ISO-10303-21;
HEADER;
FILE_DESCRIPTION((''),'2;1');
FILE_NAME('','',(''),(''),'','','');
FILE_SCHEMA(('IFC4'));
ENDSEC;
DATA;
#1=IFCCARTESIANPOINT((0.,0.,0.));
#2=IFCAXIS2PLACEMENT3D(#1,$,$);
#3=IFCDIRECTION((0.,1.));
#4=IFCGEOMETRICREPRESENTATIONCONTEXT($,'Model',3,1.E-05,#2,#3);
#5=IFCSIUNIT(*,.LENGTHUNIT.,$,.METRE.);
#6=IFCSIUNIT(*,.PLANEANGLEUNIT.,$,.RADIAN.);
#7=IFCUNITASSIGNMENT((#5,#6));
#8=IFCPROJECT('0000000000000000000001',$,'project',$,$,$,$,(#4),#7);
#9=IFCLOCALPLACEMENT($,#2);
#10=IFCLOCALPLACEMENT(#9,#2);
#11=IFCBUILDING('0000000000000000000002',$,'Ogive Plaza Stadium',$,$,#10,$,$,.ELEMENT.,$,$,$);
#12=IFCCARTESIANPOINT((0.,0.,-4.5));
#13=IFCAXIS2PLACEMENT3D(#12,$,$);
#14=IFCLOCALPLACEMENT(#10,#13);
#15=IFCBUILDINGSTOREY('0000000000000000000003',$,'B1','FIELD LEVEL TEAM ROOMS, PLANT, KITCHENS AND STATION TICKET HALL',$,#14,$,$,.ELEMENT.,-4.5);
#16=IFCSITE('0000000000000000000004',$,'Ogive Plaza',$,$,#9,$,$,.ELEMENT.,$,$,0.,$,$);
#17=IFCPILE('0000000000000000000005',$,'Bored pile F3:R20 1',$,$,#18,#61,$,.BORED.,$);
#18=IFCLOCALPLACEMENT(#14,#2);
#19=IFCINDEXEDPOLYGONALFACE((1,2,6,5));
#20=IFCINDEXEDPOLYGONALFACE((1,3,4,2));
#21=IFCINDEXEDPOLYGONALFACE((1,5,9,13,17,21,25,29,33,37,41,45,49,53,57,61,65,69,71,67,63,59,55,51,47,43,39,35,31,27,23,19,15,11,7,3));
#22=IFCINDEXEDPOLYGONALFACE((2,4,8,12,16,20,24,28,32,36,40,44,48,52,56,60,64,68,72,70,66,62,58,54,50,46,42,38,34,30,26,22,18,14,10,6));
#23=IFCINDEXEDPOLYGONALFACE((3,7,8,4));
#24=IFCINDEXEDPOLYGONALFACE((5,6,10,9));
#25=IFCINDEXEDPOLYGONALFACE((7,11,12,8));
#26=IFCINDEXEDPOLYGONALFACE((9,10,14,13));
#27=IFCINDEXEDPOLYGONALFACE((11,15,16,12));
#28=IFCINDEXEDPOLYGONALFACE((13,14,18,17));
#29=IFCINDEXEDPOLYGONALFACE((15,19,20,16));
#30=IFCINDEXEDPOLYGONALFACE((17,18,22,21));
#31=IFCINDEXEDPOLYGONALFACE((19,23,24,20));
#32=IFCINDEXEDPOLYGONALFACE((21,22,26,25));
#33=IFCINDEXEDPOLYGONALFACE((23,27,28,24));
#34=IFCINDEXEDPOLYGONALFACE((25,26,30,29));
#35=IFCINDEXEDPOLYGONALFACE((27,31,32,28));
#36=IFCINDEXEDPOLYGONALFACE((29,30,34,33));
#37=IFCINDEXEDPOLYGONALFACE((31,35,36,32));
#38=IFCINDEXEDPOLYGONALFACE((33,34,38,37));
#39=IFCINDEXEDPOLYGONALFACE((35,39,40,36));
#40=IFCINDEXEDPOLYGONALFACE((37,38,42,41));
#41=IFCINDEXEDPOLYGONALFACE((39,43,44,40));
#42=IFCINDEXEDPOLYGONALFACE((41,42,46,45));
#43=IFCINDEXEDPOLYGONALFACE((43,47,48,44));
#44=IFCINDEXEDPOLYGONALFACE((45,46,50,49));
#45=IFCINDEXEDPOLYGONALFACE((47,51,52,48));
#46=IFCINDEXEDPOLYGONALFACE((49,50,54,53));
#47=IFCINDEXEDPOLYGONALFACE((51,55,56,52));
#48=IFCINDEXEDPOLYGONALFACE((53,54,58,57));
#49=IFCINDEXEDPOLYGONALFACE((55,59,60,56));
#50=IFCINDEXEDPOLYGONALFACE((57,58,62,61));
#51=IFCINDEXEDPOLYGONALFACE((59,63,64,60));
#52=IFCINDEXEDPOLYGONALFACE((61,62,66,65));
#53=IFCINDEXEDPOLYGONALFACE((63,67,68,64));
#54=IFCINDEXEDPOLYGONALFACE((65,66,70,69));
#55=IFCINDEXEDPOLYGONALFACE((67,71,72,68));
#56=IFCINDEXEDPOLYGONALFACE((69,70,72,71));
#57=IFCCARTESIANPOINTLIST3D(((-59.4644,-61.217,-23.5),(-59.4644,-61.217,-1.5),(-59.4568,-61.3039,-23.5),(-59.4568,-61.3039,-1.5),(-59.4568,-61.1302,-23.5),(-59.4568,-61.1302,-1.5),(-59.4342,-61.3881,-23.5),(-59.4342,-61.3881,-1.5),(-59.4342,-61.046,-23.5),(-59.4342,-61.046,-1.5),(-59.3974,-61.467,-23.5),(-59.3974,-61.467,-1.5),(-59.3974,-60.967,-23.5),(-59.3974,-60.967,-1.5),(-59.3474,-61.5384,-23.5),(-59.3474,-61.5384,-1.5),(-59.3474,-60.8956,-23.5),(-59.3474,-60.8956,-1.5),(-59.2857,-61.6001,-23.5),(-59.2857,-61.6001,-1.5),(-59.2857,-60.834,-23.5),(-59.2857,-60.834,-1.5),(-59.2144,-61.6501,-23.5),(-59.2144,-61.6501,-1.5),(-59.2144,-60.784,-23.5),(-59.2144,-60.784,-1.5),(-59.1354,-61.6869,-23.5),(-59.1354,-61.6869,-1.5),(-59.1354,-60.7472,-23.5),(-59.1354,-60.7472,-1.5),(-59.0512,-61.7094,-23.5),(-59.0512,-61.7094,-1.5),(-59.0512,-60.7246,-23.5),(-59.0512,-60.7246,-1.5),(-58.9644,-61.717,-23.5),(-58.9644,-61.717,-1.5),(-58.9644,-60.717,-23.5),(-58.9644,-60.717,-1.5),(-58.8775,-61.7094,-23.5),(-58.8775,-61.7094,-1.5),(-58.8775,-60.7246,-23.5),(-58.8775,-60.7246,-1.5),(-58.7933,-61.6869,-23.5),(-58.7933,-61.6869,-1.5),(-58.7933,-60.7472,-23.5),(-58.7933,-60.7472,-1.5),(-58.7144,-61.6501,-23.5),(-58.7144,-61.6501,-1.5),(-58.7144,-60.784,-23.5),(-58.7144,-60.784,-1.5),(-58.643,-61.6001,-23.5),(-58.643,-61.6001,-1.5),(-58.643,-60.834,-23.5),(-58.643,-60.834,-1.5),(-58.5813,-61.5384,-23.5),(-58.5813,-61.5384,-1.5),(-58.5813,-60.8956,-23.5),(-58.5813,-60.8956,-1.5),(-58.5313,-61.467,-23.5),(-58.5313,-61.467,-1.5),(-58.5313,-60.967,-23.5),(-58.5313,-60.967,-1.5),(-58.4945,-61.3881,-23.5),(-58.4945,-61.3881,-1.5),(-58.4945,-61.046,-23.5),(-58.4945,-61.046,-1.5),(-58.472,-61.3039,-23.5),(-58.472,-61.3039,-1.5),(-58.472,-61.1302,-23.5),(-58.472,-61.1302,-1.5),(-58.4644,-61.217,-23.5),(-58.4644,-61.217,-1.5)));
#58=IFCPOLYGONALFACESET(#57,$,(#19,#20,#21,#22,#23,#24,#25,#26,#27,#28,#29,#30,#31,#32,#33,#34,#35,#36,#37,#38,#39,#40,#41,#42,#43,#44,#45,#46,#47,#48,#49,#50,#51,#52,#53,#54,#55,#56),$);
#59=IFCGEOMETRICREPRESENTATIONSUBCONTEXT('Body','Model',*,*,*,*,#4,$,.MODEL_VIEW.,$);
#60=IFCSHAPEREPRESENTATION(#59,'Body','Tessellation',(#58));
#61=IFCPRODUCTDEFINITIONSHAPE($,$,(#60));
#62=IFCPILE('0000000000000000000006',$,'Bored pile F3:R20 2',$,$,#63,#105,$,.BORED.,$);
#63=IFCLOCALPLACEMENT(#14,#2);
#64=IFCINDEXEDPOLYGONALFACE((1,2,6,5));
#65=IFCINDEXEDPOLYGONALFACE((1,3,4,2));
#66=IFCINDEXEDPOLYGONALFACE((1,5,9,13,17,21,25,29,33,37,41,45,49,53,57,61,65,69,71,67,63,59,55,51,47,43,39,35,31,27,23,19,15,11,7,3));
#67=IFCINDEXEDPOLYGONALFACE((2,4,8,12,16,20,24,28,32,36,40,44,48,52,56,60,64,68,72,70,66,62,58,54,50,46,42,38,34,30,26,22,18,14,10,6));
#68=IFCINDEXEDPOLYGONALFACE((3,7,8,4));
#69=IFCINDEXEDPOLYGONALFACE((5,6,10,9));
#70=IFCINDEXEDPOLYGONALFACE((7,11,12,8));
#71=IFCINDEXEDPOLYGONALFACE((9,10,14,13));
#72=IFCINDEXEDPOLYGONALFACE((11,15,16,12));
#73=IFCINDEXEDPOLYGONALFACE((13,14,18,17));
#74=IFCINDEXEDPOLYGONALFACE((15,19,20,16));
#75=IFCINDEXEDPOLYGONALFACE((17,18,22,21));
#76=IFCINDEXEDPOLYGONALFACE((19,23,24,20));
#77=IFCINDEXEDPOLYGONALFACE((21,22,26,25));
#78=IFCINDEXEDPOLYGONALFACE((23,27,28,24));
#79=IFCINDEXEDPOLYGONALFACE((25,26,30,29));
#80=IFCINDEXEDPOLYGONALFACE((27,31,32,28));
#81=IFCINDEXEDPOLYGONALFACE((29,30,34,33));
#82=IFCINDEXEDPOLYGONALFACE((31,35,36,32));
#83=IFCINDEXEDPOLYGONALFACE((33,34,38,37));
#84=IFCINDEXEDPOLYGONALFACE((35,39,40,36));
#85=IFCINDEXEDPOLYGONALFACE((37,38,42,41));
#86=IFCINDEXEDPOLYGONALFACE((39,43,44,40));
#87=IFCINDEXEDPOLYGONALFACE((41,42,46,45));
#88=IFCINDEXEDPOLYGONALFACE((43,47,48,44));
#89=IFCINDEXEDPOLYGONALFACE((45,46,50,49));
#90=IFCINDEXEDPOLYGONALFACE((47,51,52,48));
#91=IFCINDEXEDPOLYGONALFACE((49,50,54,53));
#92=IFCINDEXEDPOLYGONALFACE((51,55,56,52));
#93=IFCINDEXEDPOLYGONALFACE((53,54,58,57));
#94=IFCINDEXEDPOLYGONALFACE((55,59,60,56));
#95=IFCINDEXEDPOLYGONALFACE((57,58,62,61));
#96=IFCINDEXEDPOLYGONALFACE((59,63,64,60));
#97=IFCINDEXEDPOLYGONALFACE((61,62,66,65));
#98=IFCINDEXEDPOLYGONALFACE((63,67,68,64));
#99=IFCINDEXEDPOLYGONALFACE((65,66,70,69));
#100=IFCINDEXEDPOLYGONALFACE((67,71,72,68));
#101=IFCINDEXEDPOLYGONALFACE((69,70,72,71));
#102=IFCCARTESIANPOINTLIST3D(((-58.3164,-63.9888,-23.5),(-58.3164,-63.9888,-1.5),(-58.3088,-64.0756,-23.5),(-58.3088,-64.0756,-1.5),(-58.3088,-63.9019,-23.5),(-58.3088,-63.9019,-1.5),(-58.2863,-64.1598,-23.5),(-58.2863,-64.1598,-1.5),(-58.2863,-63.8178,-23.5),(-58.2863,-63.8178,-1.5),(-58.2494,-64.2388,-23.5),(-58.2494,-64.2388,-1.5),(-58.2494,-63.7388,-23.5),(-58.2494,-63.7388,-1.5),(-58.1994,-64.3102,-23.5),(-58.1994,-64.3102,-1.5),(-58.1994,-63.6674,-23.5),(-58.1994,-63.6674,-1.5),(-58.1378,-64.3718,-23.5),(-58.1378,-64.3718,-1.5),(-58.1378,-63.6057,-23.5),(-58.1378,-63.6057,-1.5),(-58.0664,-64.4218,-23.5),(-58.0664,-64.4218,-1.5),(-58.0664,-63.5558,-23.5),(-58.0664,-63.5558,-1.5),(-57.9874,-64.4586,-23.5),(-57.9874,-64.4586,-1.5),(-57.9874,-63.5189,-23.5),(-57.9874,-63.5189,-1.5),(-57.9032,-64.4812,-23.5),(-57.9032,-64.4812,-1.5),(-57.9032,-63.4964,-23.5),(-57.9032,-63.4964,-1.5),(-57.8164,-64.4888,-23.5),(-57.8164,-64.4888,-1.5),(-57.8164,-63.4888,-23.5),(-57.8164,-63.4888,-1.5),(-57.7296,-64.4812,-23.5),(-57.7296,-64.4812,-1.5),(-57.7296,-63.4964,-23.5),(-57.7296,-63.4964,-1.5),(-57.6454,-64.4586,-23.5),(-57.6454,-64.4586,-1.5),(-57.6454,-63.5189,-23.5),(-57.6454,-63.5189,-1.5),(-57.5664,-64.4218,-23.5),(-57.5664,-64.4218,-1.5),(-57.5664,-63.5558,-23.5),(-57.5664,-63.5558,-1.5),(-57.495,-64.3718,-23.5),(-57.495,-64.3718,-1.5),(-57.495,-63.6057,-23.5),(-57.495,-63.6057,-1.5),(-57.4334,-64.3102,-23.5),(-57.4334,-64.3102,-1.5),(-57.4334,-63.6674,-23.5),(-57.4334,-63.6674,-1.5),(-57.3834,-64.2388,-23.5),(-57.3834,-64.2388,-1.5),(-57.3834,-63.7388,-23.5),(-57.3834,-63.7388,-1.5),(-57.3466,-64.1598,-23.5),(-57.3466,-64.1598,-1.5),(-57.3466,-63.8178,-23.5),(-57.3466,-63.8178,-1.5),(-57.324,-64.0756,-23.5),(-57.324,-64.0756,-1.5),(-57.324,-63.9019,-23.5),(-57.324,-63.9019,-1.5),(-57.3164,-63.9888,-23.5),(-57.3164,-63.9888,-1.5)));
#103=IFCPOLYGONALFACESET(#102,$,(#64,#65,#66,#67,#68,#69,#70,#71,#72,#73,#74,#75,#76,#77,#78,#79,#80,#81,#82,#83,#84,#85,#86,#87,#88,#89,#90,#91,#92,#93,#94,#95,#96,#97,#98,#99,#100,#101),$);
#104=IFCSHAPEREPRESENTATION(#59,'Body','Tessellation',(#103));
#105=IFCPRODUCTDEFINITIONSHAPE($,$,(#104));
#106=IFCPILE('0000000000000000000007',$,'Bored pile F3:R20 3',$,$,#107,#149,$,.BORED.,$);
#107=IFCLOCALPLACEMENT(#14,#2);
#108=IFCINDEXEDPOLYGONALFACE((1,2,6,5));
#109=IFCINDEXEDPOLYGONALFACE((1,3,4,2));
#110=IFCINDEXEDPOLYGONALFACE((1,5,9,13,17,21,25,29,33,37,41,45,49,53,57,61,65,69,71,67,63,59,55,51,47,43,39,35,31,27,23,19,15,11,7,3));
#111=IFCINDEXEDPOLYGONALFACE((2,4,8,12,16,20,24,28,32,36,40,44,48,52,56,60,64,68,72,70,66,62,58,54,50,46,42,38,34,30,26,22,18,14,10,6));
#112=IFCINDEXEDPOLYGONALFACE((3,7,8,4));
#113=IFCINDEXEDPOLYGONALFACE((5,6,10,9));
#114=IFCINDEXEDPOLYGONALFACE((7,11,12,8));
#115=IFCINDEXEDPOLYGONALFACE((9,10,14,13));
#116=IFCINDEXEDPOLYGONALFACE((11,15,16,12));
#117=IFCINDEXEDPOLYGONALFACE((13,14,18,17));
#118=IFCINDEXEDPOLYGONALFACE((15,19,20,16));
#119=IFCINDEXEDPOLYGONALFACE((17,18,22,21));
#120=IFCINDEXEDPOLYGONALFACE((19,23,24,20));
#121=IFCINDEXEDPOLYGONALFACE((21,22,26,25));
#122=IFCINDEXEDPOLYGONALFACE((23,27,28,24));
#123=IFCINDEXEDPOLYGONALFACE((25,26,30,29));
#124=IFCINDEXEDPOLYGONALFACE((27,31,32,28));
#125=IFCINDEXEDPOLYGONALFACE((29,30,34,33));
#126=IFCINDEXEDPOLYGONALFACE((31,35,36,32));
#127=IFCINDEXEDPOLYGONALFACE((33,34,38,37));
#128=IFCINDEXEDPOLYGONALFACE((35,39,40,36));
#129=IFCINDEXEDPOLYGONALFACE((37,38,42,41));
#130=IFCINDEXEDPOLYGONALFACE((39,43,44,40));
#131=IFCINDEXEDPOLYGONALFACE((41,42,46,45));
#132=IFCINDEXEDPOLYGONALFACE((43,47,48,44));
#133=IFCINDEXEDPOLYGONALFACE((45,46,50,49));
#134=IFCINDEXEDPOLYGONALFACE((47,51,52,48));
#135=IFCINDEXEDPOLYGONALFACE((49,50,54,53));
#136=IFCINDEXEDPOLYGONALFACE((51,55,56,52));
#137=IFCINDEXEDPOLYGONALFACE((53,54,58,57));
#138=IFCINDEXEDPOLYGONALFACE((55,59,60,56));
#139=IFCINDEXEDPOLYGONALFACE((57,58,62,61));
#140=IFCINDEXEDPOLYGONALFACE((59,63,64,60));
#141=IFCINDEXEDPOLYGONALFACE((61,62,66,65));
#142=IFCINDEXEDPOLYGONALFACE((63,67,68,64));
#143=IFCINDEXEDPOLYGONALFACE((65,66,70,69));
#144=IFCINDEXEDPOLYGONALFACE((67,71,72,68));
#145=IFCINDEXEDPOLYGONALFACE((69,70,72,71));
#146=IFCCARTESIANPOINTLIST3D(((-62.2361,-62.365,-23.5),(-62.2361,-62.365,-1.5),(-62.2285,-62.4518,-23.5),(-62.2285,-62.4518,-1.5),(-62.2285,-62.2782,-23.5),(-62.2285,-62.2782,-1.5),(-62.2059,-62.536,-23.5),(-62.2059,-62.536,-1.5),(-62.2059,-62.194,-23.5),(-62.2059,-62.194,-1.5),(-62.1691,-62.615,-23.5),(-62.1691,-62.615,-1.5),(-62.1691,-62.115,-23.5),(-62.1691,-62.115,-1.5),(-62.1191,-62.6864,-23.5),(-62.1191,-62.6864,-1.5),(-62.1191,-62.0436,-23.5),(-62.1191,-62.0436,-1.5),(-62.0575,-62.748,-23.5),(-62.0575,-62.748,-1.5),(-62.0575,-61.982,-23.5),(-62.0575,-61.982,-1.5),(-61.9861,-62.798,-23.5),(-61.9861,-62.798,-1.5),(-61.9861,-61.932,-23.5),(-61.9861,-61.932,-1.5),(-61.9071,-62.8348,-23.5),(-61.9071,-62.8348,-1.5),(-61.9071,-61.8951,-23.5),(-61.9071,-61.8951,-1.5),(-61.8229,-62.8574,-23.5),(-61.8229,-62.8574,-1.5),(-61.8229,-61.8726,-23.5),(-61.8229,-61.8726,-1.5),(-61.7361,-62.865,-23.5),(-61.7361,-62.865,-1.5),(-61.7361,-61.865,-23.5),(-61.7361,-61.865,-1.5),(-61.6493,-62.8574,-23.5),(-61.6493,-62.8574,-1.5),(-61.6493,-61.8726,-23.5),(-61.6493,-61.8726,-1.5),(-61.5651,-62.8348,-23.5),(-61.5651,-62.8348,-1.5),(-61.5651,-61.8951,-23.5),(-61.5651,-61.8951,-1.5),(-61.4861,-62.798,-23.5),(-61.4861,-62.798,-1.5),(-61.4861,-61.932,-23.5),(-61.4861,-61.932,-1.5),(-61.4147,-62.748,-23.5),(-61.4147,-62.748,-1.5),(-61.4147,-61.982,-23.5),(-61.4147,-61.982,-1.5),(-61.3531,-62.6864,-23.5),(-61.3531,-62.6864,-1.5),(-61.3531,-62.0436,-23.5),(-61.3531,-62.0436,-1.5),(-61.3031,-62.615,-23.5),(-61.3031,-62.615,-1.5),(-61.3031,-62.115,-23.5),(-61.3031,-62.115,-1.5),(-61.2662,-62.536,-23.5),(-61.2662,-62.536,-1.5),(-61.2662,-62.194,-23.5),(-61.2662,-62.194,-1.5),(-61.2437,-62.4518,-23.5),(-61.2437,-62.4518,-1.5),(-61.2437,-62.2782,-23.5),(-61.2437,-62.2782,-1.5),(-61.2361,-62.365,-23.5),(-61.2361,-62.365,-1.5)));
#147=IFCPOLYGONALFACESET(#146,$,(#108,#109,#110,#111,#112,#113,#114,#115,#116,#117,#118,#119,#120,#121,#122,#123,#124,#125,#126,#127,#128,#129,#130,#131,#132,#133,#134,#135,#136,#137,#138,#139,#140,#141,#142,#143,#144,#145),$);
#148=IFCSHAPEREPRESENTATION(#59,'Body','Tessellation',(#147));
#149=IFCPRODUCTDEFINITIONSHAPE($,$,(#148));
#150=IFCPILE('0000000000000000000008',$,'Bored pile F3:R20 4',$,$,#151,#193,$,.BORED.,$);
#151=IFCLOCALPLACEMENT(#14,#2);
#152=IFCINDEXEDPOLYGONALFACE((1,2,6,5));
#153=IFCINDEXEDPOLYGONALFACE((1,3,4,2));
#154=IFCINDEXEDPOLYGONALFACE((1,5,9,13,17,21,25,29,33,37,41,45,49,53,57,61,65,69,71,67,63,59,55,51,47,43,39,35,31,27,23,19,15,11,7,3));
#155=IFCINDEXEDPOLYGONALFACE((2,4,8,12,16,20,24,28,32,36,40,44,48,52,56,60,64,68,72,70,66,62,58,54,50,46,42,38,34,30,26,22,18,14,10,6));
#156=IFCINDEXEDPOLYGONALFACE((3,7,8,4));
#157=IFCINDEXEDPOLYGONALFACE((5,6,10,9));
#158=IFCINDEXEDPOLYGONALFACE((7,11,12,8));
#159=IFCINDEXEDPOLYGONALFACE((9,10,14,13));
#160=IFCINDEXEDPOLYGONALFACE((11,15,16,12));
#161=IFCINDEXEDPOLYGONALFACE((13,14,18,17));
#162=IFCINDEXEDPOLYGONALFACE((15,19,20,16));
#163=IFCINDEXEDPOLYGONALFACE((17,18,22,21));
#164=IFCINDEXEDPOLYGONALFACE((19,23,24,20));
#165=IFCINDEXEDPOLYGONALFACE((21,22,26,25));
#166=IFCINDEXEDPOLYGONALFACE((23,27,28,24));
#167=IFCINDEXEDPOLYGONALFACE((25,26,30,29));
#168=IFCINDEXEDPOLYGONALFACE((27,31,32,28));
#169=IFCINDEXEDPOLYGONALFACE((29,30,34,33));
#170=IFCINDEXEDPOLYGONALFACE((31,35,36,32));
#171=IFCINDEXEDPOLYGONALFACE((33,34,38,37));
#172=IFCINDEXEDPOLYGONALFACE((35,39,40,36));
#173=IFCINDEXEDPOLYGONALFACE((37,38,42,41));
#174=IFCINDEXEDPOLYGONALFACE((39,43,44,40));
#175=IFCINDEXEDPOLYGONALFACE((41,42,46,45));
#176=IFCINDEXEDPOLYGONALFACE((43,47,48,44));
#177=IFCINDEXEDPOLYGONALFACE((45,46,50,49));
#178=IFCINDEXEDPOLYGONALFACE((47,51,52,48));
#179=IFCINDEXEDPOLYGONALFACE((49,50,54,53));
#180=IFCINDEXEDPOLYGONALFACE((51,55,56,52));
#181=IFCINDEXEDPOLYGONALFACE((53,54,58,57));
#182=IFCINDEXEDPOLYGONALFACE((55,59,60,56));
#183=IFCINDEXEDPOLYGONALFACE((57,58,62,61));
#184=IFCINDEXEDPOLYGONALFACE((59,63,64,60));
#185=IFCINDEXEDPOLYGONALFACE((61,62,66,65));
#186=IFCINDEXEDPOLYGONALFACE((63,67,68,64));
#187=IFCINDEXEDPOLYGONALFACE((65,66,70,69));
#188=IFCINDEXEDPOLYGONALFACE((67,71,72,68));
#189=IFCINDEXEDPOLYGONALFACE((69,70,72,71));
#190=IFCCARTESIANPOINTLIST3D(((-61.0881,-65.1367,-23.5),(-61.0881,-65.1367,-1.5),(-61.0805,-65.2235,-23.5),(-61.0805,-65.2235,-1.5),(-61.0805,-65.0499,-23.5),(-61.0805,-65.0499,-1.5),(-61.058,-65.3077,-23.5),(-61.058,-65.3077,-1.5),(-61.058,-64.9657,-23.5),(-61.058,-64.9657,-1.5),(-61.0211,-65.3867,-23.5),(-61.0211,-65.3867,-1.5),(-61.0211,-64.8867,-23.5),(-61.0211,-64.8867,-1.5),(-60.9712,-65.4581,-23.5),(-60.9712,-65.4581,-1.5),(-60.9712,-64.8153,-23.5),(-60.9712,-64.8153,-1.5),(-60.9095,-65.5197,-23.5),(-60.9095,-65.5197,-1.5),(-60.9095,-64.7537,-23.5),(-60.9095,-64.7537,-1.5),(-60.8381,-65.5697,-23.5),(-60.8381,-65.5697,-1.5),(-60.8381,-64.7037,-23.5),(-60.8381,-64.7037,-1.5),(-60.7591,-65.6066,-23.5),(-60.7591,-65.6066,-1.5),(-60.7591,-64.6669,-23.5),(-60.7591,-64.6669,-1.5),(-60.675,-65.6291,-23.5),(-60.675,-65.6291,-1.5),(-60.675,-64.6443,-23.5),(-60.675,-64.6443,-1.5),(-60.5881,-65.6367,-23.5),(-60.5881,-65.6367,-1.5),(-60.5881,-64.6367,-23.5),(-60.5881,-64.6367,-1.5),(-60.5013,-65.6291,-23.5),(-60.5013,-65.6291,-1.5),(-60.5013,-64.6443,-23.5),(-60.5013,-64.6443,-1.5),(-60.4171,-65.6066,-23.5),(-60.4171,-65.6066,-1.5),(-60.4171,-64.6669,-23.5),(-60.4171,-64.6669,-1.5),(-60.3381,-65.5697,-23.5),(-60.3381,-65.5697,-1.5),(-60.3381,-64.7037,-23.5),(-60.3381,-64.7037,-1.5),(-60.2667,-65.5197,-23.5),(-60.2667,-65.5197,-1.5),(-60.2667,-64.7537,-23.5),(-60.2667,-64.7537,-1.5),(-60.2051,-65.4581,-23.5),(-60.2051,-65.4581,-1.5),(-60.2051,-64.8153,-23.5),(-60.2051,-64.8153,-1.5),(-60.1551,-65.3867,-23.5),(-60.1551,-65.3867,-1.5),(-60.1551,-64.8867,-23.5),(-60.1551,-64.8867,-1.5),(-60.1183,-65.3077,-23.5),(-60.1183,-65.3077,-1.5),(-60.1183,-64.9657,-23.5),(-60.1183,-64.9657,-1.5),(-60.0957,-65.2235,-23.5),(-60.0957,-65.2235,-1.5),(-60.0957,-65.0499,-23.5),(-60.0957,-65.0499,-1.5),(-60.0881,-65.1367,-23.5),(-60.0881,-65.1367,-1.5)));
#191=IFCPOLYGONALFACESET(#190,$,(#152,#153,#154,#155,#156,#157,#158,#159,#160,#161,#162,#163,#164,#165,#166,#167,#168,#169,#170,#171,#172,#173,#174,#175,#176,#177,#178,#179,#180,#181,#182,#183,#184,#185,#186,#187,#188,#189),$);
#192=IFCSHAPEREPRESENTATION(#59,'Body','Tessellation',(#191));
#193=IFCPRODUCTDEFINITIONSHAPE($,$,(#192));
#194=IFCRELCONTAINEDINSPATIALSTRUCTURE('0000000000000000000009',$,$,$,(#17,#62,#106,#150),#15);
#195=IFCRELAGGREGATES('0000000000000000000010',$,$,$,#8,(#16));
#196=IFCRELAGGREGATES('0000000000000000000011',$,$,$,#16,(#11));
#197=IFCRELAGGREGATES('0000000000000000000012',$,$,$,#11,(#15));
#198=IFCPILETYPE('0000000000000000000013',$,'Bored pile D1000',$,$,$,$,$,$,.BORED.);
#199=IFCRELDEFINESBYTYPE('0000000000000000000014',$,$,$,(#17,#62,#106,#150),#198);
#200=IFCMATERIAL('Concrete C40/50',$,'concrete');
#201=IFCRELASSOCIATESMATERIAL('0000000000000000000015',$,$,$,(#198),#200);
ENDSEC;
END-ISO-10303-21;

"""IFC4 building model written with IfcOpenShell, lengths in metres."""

from ifc_helpers import new_model, si_unit, direction, frame, origin, origin_2d, place, context, subcontext, project, spatial, circle, extrude, material, material_profile, profile_set, type_object, element, save


model = new_model("IFC4")

# Units and contexts
model_context = context("Model", 3, precision=1e-05, world=origin(), true_north=direction((0.0, 1.0)))
body_context = subcontext(model_context, "Body", "Model", "MODEL_VIEW")
ifc_project = project(units=[si_unit("LENGTHUNIT", "METRE"), si_unit("PLANEANGLEUNIT", "RADIAN")], contexts=[model_context])

# Site, building, storey
site_placement = place(None, origin())
site = spatial("IfcSite", under=ifc_project, at=site_placement, Name="Ogive Plaza", CompositionType="ELEMENT", RefElevation=0.0)
building_placement = place(site_placement, origin())
building = spatial("IfcBuilding", under=site, at=building_placement, Name="Ogive Plaza Stadium", CompositionType="ELEMENT")
storey_placement = place(building_placement, frame((0.0, 0.0, -4.5)))
storey = spatial("IfcBuildingStorey", under=building, at=storey_placement, Name="B1", Description="FIELD LEVEL TEAM ROOMS, PLANT, KITCHENS AND STATION TICKET HALL", CompositionType="ELEMENT", Elevation=-4.5)

# Piles
ifc_material_1 = material(Name="Concrete C40/50", Category="concrete")
ifc_material_profile_1 = material_profile(ifc_material_1, circle(Radius=0.5, at=origin_2d()), Name="RC D1000")
ifc_profile_set_1 = profile_set([ifc_material_profile_1], Name="Concrete C40/50")
pile_type = type_object("IfcPileType", Name="Bored pile D1000", PredefinedType="BORED", material=ifc_profile_set_1)
for number, where, z_axis, x_axis, name in (
    (1, (-58.9644, -61.217, -1.5), (0.0, 0.0, -1.0), (1.0, 0.0, 0.0), "Bored pile F3:R20 1"),
    (2, (-57.8164, -63.9888, -1.5), (0.0, 0.0, -1.0), (1.0, 0.0, 0.0), "Bored pile F3:R20 2"),
    (3, (-61.7361, -62.365, -1.5), (0.0, 0.0, -1.0), (1.0, 0.0, 0.0), "Bored pile F3:R20 3"),
    (4, (-60.5881, -65.1367, -1.5), (0.0, 0.0, -1.0), (1.0, 0.0, 0.0), "Bored pile F3:R20 4"),
):
    element("IfcPile", number, at=place(storey_placement, frame(where, z_axis=z_axis, x_axis=x_axis)), inside=storey, type_object=pile_type, Name=name, PredefinedType="BORED", context=body_context, shape_type="SweptSolid", body=[
        extrude(circle(Radius=0.5, at=origin_2d()), origin(), (0.0, 0.0, 1.0), 22.0),
    ])

save(model, "model.ifc")
